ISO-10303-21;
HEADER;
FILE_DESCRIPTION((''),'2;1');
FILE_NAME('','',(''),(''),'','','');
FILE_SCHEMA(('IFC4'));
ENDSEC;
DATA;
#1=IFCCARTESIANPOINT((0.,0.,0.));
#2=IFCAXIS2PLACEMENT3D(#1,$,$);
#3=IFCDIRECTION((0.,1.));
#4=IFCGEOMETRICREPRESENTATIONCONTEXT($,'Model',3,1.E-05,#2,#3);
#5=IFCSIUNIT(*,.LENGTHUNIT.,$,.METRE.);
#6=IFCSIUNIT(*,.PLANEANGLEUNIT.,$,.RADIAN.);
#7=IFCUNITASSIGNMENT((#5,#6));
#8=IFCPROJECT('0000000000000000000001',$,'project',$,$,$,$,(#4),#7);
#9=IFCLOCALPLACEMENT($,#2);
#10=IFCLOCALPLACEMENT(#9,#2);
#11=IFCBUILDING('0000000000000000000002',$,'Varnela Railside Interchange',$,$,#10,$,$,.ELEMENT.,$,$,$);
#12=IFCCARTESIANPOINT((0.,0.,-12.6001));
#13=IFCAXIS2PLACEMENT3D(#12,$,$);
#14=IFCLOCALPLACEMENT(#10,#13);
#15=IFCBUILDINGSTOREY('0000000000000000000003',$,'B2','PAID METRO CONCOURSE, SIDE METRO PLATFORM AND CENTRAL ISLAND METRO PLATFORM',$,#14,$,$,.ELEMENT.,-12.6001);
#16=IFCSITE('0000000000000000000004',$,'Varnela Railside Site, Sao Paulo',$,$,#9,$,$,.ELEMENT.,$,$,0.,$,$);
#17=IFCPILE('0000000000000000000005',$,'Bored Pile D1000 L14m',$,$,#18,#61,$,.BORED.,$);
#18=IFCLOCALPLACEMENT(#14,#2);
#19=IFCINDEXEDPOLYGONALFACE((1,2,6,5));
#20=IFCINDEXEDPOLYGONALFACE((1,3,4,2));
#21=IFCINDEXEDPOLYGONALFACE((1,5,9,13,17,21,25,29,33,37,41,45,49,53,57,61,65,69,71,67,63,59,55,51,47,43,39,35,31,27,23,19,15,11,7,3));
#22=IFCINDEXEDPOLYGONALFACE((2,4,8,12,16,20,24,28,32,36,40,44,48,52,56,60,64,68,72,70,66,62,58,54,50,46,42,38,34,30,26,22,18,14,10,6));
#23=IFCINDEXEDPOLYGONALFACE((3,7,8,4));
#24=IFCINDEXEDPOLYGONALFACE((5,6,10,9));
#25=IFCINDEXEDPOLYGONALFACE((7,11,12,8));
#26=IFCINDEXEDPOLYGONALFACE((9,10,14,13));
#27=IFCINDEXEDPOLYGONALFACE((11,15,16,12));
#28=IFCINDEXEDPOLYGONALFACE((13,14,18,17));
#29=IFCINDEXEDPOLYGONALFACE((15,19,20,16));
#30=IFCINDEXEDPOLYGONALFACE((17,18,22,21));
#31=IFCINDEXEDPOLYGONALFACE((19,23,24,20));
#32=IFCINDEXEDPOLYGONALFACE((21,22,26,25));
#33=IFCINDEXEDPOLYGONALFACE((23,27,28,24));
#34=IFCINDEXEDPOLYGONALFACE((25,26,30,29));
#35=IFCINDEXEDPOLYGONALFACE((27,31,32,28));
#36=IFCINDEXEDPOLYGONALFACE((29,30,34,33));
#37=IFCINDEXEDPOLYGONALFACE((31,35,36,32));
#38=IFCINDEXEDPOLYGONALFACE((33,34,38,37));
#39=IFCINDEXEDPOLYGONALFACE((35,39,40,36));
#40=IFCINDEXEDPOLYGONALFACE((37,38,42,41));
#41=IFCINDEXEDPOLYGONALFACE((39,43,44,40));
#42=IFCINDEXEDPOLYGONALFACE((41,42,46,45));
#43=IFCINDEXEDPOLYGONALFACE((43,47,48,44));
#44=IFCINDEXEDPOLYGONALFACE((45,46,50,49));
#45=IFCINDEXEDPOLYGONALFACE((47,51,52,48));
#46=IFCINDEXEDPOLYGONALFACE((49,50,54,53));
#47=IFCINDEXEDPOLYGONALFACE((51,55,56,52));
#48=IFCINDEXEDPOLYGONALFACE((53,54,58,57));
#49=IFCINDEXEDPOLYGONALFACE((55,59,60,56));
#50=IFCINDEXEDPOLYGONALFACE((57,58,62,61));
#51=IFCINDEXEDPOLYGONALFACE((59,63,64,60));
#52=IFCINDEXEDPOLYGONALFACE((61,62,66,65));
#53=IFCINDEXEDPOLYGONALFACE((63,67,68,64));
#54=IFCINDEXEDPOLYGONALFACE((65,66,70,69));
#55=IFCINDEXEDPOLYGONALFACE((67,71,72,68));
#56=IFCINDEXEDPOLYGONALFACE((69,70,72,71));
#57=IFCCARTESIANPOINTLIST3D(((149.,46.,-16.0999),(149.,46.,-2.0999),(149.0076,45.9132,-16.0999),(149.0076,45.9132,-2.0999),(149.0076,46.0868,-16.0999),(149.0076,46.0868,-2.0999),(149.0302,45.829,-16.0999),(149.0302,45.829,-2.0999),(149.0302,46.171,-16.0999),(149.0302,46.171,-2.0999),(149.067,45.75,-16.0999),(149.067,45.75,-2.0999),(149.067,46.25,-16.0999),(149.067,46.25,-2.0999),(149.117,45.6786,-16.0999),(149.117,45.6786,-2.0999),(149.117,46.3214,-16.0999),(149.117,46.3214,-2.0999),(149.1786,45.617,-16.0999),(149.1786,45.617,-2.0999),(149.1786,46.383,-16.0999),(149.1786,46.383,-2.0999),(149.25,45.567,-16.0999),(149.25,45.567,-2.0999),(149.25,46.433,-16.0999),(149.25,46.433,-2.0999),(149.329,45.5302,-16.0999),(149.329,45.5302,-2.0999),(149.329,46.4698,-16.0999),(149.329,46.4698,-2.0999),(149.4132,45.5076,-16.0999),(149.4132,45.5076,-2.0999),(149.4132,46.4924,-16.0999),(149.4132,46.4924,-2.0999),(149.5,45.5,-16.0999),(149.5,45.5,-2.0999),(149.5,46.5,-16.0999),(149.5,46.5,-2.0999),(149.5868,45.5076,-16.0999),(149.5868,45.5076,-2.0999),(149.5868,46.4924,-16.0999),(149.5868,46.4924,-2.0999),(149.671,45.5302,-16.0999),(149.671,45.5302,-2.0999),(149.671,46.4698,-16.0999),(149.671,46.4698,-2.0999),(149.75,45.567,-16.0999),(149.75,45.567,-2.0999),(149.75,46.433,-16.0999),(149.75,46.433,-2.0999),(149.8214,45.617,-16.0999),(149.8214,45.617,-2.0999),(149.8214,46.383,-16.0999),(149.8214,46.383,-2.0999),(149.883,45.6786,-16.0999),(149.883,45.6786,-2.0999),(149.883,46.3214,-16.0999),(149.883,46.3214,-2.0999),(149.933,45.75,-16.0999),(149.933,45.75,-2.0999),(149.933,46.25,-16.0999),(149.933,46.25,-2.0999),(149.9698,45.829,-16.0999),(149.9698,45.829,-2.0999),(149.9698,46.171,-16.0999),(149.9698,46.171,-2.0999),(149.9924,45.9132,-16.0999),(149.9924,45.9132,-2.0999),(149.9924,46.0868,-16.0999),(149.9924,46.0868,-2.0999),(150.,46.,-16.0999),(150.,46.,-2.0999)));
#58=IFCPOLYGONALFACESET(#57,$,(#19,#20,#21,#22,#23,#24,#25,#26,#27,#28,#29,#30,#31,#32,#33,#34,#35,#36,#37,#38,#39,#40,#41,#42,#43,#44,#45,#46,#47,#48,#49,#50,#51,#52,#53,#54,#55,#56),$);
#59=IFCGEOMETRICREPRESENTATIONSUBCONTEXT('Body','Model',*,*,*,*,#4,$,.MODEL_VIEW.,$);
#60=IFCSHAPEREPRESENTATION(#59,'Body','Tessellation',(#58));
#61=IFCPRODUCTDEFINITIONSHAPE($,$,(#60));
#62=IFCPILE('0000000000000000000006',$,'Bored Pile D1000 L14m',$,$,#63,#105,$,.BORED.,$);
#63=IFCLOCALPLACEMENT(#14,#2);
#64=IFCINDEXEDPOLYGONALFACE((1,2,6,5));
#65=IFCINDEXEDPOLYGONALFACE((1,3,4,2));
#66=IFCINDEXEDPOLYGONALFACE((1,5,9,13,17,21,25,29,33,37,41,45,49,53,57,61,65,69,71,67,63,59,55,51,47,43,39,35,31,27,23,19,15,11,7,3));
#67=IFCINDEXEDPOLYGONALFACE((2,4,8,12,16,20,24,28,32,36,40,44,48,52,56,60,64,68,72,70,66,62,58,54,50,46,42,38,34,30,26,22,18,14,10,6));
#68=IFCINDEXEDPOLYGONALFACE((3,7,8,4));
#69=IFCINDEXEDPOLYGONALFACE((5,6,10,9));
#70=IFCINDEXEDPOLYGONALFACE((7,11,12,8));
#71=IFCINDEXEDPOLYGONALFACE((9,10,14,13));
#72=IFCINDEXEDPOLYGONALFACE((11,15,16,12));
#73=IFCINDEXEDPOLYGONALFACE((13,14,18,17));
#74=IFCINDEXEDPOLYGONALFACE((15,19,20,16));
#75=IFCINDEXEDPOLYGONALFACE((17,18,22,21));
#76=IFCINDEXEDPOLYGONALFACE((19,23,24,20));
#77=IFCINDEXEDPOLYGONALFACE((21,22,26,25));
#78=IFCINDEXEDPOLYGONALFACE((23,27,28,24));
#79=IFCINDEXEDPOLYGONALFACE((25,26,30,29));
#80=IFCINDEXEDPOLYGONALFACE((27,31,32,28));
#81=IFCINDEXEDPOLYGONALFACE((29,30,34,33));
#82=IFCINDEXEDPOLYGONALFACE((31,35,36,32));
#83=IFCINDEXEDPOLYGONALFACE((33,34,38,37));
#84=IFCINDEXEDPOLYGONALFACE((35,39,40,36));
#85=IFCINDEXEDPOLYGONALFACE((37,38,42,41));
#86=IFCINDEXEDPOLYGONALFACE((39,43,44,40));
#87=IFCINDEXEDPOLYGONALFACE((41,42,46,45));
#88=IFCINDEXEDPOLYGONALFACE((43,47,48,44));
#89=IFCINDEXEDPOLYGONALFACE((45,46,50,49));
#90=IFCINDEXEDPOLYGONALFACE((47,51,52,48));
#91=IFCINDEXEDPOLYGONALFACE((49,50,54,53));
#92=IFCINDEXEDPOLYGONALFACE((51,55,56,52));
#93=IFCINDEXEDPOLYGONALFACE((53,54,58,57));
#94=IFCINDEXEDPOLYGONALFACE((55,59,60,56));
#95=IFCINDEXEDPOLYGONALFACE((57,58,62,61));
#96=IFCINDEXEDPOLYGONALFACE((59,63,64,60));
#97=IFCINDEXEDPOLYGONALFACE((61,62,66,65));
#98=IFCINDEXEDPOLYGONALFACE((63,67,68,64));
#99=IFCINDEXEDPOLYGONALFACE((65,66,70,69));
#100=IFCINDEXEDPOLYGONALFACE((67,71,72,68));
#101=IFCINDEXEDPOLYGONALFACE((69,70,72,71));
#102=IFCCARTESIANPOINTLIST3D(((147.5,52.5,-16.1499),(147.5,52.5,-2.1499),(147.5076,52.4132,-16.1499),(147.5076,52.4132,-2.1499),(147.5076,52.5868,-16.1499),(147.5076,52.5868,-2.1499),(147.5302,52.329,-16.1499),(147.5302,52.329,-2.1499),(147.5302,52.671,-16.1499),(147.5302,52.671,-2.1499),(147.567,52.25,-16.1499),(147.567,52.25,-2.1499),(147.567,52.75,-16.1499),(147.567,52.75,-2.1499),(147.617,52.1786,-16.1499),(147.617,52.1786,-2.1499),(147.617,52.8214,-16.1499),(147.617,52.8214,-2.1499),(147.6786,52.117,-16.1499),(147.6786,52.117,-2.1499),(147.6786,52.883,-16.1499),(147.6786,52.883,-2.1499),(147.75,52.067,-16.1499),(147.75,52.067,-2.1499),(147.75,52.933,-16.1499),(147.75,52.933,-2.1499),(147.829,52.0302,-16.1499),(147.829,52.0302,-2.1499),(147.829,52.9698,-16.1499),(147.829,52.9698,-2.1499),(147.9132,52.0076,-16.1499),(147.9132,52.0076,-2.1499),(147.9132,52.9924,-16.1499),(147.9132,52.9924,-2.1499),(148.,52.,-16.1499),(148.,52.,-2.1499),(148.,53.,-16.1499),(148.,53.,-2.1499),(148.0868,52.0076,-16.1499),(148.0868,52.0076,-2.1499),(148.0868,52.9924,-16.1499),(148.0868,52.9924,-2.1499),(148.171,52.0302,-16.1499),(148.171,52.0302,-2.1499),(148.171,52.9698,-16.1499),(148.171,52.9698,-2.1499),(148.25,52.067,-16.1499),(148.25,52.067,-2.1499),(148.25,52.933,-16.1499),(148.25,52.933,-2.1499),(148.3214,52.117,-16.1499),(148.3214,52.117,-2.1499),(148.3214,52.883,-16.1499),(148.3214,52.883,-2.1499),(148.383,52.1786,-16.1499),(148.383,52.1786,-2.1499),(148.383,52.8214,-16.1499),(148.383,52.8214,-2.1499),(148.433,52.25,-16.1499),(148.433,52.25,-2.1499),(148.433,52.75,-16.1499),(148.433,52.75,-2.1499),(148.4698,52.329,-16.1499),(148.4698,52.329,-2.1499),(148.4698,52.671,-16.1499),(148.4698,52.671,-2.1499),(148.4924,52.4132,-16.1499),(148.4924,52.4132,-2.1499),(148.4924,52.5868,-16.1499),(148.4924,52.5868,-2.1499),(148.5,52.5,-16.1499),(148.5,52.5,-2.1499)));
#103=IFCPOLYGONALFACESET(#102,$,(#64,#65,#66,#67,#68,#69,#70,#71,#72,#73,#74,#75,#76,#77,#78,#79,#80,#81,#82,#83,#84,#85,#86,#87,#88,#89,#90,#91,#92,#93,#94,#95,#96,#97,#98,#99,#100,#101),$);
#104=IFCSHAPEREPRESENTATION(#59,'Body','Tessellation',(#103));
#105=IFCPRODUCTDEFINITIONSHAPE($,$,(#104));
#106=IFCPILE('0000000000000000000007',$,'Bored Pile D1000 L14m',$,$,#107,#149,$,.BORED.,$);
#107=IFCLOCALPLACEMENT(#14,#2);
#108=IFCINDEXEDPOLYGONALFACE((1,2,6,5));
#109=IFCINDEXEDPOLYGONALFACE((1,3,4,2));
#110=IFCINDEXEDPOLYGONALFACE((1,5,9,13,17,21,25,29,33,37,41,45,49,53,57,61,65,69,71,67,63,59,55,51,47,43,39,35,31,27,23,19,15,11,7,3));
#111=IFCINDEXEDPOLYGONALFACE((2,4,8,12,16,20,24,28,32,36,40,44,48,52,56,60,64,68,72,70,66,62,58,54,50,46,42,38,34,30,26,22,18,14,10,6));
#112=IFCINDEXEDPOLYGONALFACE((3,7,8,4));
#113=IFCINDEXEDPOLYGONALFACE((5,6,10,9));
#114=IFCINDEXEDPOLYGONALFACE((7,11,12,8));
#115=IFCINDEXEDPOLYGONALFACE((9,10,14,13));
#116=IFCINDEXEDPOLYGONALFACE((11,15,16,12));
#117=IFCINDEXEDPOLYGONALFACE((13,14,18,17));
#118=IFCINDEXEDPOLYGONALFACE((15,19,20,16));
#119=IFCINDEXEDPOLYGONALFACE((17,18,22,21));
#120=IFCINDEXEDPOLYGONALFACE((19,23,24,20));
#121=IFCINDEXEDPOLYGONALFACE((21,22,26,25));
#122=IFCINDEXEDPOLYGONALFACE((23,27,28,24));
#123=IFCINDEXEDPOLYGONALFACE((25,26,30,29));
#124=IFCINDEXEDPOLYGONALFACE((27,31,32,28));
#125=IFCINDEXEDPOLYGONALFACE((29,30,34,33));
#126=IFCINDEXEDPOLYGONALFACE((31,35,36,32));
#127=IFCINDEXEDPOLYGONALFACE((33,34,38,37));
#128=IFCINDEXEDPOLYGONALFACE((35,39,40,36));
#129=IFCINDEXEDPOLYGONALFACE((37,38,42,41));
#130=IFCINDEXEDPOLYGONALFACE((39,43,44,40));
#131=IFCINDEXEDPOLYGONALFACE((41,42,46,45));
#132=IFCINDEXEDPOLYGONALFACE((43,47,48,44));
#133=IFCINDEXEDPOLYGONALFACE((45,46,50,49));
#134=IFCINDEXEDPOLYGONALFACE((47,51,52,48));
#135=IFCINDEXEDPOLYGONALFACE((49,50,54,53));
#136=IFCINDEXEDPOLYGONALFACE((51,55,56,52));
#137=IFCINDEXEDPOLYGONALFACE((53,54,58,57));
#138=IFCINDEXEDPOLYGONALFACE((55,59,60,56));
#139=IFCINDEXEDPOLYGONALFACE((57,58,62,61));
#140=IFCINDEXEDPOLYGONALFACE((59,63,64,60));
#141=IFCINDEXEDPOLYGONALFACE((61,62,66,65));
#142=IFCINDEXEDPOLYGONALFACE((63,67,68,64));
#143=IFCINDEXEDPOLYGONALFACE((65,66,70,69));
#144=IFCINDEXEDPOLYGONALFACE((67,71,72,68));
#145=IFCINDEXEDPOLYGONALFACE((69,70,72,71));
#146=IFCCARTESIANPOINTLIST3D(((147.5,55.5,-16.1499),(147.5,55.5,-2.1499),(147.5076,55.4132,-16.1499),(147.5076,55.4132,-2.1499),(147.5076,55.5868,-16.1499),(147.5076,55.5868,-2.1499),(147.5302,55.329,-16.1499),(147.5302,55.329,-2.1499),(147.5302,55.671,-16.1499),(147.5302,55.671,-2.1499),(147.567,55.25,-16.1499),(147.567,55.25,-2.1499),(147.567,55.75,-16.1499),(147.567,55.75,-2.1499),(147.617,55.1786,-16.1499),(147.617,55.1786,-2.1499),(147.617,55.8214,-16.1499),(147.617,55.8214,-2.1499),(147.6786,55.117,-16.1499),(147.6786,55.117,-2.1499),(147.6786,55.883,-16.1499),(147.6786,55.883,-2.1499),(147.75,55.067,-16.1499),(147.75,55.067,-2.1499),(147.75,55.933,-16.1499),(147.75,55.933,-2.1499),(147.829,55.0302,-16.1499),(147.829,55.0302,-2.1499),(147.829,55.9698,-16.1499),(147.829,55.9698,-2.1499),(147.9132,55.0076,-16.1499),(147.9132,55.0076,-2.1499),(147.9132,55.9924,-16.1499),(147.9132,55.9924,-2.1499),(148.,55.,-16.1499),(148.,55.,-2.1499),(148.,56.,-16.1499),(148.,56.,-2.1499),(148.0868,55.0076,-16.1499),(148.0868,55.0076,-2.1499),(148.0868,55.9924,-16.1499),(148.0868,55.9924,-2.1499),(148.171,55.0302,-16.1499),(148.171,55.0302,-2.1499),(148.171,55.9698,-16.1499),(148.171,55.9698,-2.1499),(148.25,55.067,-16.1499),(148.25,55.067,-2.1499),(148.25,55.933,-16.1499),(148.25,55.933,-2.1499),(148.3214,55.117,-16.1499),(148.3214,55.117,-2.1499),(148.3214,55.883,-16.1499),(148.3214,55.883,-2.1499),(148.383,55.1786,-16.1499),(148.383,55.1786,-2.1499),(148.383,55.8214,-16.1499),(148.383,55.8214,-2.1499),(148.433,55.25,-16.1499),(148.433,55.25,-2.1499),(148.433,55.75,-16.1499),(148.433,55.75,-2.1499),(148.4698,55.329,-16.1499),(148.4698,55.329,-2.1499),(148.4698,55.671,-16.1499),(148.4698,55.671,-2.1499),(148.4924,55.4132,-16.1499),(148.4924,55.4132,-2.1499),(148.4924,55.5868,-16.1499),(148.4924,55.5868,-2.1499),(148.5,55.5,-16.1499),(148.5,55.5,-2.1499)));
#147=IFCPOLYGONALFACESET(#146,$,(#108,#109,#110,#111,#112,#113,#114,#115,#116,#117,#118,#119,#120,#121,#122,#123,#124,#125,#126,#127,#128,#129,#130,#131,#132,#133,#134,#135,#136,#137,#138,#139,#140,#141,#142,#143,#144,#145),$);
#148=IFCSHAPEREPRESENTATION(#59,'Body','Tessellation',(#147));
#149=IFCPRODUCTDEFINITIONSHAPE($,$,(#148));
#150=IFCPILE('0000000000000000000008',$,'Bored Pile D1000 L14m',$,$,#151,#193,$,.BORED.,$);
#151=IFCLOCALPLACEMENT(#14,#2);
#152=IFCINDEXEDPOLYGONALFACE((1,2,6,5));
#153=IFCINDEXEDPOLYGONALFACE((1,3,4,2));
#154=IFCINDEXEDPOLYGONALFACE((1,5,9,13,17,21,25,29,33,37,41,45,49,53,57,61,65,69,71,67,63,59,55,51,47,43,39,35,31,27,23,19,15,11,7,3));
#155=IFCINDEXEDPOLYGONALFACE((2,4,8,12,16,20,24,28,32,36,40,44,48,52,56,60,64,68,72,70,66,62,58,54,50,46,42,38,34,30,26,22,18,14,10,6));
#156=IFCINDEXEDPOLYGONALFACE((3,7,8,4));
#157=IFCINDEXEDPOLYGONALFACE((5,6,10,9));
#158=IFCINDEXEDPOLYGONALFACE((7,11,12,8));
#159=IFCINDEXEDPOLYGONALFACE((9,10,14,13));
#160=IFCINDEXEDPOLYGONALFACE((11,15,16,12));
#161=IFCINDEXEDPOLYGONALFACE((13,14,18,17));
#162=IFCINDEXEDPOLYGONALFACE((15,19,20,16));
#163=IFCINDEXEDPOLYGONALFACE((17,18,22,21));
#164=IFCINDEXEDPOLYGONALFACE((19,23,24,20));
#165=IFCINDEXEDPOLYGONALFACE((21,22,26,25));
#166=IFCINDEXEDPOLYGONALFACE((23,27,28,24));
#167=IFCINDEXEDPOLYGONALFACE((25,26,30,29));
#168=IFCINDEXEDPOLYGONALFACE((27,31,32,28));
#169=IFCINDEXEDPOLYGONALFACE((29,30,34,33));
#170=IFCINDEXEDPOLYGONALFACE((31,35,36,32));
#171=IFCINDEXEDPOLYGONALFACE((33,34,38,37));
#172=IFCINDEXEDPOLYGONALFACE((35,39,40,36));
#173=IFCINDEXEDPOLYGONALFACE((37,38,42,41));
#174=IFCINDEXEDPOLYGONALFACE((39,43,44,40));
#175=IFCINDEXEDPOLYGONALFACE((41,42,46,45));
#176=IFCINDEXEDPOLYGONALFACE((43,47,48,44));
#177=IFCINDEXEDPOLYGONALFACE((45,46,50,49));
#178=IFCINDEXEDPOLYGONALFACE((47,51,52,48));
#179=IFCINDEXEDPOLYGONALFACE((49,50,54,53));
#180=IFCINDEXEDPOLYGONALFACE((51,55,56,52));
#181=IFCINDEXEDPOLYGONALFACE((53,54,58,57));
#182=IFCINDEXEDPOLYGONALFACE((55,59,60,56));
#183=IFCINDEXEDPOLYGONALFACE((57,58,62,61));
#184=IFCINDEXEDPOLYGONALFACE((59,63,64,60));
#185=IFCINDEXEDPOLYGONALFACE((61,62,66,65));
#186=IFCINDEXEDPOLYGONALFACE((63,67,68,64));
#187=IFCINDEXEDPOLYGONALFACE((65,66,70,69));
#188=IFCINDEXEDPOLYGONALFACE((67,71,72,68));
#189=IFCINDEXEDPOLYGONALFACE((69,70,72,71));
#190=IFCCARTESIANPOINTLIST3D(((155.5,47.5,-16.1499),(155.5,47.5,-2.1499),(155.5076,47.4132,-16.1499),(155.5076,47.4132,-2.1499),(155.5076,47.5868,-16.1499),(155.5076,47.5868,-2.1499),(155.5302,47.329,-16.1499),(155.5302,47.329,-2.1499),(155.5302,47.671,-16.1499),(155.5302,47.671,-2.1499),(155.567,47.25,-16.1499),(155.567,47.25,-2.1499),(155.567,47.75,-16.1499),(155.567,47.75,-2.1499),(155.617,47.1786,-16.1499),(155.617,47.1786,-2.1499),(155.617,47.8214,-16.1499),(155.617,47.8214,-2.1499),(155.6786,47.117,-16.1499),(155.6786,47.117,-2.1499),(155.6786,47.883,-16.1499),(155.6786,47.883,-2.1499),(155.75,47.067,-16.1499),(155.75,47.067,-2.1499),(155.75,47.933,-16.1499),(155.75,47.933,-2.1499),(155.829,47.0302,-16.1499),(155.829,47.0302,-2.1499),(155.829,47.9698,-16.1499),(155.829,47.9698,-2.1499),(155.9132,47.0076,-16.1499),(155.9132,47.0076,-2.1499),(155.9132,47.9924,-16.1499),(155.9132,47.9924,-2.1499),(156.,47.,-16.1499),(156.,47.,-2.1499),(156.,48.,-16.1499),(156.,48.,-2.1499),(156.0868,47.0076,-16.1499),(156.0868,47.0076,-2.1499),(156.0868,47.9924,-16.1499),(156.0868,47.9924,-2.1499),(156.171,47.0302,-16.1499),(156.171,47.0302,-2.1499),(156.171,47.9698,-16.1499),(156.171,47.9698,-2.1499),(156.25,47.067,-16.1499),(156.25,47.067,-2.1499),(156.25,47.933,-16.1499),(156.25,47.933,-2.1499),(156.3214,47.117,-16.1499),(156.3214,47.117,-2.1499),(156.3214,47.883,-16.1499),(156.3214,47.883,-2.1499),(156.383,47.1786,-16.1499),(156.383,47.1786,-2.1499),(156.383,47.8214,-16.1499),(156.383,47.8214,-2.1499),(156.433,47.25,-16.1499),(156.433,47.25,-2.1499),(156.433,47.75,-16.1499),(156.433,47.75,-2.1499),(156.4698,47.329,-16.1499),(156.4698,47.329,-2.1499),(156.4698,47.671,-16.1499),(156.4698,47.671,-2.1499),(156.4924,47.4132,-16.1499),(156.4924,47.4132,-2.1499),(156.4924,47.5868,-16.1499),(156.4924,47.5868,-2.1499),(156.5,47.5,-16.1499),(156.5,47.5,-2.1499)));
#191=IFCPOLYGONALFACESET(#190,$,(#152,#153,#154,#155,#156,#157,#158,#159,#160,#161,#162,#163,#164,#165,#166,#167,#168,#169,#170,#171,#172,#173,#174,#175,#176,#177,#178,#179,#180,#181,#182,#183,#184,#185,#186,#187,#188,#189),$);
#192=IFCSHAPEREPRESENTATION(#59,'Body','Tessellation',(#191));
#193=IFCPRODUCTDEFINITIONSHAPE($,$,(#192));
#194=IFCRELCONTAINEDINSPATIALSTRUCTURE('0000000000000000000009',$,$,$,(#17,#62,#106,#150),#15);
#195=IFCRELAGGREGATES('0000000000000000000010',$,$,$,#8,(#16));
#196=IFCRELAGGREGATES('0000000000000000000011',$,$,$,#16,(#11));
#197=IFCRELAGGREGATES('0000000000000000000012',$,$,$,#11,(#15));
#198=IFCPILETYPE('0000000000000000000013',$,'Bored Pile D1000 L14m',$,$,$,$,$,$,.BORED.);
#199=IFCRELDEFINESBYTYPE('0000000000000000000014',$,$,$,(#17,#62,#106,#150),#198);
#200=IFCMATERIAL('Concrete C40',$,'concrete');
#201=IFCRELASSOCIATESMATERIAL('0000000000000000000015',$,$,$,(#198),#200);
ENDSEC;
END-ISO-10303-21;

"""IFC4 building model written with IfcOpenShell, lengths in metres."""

from ifc_helpers import new_model, si_unit, direction, frame, origin, origin_2d, place, context, subcontext, project, spatial, circle, extrude, material, material_profile, profile_set, type_object, element, save


model = new_model("IFC4")

# Units and contexts
model_context = context("Model", 3, precision=1e-05, world=origin(), true_north=direction((0.0, 1.0)))
body_context = subcontext(model_context, "Body", "Model", "MODEL_VIEW")
ifc_project = project(units=[si_unit("LENGTHUNIT", "METRE"), si_unit("PLANEANGLEUNIT", "RADIAN")], contexts=[model_context])

# Site, building, storey
site_placement = place(None, origin())
site = spatial("IfcSite", under=ifc_project, at=site_placement, Name="Varnela Railside Site, Sao Paulo", CompositionType="ELEMENT", RefElevation=0.0)
building_placement = place(site_placement, origin())
building = spatial("IfcBuilding", under=site, at=building_placement, Name="Varnela Railside Interchange", CompositionType="ELEMENT")
storey_placement = place(building_placement, frame((0.0, 0.0, -12.6001)))
storey = spatial("IfcBuildingStorey", under=building, at=storey_placement, Name="B2", Description="PAID METRO CONCOURSE, SIDE METRO PLATFORM AND CENTRAL ISLAND METRO PLATFORM", CompositionType="ELEMENT", Elevation=-12.6001)

# Piles
ifc_material_1 = material(Name="Concrete C40", Category="concrete")
ifc_material_profile_1 = material_profile(ifc_material_1, circle(Radius=0.5, at=origin_2d()), Name="BORED PILE D1000")
ifc_profile_set_1 = profile_set([ifc_material_profile_1], Name="Concrete C40")
pile_type_1 = type_object("IfcPileType", Name="Bored Pile D1000 L14m", PredefinedType="BORED", material=ifc_profile_set_1)
for number, where, z_axis, x_axis, name in (
    (1, (149.5, 46.0, -2.0999), (0.0, 0.0, -1.0), (1.0, 0.0, 0.0), "Bored Pile D1000 L14m"),
    (2, (148.0, 52.5, -2.1499), (0.0, 0.0, -1.0), (1.0, 0.0, 0.0), "Bored Pile D1000 L14m"),
    (3, (148.0, 55.5, -2.1499), (0.0, 0.0, -1.0), (1.0, 0.0, 0.0), "Bored Pile D1000 L14m"),
    (4, (156.0, 47.5, -2.1499), (0.0, 0.0, -1.0), (1.0, 0.0, 0.0), "Bored Pile D1000 L14m"),
):
    element("IfcPile", number, at=place(storey_placement, frame(where, z_axis=z_axis, x_axis=x_axis)), inside=storey, type_object=pile_type_1, Name=name, PredefinedType="BORED", context=body_context, shape_type="SweptSolid", body=[
        extrude(circle(Radius=0.5, at=origin_2d()), origin(), (0.0, 0.0, 1.0), 14.0),
    ])

save(model, "model.ifc")
